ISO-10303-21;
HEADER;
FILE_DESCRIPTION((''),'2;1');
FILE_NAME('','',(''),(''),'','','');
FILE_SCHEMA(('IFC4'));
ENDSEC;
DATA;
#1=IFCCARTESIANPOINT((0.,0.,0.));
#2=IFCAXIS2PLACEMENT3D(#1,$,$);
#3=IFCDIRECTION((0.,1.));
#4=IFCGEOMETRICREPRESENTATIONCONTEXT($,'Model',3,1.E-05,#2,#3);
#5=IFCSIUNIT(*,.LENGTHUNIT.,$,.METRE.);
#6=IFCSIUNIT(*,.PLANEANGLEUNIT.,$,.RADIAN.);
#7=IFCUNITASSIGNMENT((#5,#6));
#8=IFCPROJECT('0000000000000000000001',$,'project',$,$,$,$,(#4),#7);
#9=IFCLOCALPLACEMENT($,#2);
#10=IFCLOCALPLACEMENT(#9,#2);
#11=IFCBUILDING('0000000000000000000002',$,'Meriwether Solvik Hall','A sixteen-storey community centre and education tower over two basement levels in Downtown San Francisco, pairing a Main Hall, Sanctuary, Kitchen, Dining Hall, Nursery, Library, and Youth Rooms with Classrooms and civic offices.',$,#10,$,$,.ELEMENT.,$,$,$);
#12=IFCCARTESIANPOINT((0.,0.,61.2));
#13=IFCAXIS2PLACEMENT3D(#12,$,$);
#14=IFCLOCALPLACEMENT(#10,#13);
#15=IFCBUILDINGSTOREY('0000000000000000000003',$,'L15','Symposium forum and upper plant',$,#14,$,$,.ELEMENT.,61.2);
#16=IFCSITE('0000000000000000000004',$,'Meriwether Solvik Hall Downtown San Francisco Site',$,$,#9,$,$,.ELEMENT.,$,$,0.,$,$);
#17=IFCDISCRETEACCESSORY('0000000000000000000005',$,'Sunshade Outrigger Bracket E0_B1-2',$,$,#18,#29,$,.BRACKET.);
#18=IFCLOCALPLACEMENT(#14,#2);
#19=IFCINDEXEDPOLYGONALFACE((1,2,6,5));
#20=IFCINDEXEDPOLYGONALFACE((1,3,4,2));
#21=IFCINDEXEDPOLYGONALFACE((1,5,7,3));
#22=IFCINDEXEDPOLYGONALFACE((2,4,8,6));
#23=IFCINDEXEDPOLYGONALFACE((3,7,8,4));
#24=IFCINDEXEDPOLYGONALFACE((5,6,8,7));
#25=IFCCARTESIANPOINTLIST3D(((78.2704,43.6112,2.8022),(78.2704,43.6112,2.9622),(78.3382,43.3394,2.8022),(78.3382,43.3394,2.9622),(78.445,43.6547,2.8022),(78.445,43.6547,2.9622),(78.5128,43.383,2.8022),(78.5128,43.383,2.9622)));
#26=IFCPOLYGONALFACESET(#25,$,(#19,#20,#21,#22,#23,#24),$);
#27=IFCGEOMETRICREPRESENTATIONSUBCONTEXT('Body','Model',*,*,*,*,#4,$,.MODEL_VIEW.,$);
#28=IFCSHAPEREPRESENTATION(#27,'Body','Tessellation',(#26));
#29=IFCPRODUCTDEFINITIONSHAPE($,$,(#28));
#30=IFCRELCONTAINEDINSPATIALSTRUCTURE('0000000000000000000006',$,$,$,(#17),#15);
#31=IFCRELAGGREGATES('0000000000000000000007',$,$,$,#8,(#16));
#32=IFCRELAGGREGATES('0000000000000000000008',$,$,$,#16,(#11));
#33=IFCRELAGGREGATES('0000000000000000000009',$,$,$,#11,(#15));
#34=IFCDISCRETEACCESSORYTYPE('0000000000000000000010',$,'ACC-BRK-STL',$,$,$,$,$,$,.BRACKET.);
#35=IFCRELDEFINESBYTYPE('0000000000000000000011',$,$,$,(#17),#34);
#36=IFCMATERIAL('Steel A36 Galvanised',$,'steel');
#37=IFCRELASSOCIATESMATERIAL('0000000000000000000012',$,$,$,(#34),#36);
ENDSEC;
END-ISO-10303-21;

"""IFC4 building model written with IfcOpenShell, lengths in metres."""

from ifc_helpers import new_model, si_unit, direction, frame, origin, origin_2d, place, context, subcontext, project, spatial, rectangle, extrude, material, type_object, element, save


model = new_model("IFC4")

# Units and contexts
model_context = context("Model", 3, precision=1e-05, world=origin(), true_north=direction((0.0, 1.0)))
body_context = subcontext(model_context, "Body", "Model", "MODEL_VIEW")
ifc_project = project(units=[si_unit("LENGTHUNIT", "METRE"), si_unit("PLANEANGLEUNIT", "RADIAN")], contexts=[model_context])

# Site, building, storey
site_placement = place(None, origin())
site = spatial("IfcSite", under=ifc_project, at=site_placement, Name="Meriwether Solvik Hall Downtown San Francisco Site", CompositionType="ELEMENT", RefElevation=0.0)
building_placement = place(site_placement, origin())
building = spatial("IfcBuilding", under=site, at=building_placement, Name="Meriwether Solvik Hall", Description="A sixteen-storey community centre and education tower over two basement levels in Downtown San Francisco, pairing a Main Hall, Sanctuary, Kitchen, Dining Hall, Nursery, Library, and Youth Rooms with Classrooms and civic offices.", CompositionType="ELEMENT")
storey_placement = place(building_placement, frame((0.0, 0.0, 61.2)))
storey = spatial("IfcBuildingStorey", under=building, at=storey_placement, Name="L15", Description="Symposium forum and upper plant", CompositionType="ELEMENT", Elevation=61.2)

# Discrete accessory
ifc_material_1 = material(Name="Steel A36 Galvanised", Category="steel")
discrete_accessory_type = type_object("IfcDiscreteAccessoryType", Name="ACC-BRK-STL", PredefinedType="BRACKET", material=ifc_material_1)
discrete_accessory_placement = place(storey_placement, frame((78.3916, 43.4971, 2.8022), z_axis=(0.0, 0.0, 1.0), x_axis=(-0.970296, -0.241922, 0.0)))
element("IfcDiscreteAccessory", 1, at=discrete_accessory_placement, inside=storey, type_object=discrete_accessory_type, Name="Sunshade Outrigger Bracket E0_B1-2", PredefinedType="BRACKET", context=body_context, shape_type="SweptSolid", body=[
    extrude(rectangle(XDim=0.1799, YDim=0.28, at=origin_2d()), origin(), (0.0, 0.0, 1.0), 0.1599),
])

save(model, "model.ifc")
